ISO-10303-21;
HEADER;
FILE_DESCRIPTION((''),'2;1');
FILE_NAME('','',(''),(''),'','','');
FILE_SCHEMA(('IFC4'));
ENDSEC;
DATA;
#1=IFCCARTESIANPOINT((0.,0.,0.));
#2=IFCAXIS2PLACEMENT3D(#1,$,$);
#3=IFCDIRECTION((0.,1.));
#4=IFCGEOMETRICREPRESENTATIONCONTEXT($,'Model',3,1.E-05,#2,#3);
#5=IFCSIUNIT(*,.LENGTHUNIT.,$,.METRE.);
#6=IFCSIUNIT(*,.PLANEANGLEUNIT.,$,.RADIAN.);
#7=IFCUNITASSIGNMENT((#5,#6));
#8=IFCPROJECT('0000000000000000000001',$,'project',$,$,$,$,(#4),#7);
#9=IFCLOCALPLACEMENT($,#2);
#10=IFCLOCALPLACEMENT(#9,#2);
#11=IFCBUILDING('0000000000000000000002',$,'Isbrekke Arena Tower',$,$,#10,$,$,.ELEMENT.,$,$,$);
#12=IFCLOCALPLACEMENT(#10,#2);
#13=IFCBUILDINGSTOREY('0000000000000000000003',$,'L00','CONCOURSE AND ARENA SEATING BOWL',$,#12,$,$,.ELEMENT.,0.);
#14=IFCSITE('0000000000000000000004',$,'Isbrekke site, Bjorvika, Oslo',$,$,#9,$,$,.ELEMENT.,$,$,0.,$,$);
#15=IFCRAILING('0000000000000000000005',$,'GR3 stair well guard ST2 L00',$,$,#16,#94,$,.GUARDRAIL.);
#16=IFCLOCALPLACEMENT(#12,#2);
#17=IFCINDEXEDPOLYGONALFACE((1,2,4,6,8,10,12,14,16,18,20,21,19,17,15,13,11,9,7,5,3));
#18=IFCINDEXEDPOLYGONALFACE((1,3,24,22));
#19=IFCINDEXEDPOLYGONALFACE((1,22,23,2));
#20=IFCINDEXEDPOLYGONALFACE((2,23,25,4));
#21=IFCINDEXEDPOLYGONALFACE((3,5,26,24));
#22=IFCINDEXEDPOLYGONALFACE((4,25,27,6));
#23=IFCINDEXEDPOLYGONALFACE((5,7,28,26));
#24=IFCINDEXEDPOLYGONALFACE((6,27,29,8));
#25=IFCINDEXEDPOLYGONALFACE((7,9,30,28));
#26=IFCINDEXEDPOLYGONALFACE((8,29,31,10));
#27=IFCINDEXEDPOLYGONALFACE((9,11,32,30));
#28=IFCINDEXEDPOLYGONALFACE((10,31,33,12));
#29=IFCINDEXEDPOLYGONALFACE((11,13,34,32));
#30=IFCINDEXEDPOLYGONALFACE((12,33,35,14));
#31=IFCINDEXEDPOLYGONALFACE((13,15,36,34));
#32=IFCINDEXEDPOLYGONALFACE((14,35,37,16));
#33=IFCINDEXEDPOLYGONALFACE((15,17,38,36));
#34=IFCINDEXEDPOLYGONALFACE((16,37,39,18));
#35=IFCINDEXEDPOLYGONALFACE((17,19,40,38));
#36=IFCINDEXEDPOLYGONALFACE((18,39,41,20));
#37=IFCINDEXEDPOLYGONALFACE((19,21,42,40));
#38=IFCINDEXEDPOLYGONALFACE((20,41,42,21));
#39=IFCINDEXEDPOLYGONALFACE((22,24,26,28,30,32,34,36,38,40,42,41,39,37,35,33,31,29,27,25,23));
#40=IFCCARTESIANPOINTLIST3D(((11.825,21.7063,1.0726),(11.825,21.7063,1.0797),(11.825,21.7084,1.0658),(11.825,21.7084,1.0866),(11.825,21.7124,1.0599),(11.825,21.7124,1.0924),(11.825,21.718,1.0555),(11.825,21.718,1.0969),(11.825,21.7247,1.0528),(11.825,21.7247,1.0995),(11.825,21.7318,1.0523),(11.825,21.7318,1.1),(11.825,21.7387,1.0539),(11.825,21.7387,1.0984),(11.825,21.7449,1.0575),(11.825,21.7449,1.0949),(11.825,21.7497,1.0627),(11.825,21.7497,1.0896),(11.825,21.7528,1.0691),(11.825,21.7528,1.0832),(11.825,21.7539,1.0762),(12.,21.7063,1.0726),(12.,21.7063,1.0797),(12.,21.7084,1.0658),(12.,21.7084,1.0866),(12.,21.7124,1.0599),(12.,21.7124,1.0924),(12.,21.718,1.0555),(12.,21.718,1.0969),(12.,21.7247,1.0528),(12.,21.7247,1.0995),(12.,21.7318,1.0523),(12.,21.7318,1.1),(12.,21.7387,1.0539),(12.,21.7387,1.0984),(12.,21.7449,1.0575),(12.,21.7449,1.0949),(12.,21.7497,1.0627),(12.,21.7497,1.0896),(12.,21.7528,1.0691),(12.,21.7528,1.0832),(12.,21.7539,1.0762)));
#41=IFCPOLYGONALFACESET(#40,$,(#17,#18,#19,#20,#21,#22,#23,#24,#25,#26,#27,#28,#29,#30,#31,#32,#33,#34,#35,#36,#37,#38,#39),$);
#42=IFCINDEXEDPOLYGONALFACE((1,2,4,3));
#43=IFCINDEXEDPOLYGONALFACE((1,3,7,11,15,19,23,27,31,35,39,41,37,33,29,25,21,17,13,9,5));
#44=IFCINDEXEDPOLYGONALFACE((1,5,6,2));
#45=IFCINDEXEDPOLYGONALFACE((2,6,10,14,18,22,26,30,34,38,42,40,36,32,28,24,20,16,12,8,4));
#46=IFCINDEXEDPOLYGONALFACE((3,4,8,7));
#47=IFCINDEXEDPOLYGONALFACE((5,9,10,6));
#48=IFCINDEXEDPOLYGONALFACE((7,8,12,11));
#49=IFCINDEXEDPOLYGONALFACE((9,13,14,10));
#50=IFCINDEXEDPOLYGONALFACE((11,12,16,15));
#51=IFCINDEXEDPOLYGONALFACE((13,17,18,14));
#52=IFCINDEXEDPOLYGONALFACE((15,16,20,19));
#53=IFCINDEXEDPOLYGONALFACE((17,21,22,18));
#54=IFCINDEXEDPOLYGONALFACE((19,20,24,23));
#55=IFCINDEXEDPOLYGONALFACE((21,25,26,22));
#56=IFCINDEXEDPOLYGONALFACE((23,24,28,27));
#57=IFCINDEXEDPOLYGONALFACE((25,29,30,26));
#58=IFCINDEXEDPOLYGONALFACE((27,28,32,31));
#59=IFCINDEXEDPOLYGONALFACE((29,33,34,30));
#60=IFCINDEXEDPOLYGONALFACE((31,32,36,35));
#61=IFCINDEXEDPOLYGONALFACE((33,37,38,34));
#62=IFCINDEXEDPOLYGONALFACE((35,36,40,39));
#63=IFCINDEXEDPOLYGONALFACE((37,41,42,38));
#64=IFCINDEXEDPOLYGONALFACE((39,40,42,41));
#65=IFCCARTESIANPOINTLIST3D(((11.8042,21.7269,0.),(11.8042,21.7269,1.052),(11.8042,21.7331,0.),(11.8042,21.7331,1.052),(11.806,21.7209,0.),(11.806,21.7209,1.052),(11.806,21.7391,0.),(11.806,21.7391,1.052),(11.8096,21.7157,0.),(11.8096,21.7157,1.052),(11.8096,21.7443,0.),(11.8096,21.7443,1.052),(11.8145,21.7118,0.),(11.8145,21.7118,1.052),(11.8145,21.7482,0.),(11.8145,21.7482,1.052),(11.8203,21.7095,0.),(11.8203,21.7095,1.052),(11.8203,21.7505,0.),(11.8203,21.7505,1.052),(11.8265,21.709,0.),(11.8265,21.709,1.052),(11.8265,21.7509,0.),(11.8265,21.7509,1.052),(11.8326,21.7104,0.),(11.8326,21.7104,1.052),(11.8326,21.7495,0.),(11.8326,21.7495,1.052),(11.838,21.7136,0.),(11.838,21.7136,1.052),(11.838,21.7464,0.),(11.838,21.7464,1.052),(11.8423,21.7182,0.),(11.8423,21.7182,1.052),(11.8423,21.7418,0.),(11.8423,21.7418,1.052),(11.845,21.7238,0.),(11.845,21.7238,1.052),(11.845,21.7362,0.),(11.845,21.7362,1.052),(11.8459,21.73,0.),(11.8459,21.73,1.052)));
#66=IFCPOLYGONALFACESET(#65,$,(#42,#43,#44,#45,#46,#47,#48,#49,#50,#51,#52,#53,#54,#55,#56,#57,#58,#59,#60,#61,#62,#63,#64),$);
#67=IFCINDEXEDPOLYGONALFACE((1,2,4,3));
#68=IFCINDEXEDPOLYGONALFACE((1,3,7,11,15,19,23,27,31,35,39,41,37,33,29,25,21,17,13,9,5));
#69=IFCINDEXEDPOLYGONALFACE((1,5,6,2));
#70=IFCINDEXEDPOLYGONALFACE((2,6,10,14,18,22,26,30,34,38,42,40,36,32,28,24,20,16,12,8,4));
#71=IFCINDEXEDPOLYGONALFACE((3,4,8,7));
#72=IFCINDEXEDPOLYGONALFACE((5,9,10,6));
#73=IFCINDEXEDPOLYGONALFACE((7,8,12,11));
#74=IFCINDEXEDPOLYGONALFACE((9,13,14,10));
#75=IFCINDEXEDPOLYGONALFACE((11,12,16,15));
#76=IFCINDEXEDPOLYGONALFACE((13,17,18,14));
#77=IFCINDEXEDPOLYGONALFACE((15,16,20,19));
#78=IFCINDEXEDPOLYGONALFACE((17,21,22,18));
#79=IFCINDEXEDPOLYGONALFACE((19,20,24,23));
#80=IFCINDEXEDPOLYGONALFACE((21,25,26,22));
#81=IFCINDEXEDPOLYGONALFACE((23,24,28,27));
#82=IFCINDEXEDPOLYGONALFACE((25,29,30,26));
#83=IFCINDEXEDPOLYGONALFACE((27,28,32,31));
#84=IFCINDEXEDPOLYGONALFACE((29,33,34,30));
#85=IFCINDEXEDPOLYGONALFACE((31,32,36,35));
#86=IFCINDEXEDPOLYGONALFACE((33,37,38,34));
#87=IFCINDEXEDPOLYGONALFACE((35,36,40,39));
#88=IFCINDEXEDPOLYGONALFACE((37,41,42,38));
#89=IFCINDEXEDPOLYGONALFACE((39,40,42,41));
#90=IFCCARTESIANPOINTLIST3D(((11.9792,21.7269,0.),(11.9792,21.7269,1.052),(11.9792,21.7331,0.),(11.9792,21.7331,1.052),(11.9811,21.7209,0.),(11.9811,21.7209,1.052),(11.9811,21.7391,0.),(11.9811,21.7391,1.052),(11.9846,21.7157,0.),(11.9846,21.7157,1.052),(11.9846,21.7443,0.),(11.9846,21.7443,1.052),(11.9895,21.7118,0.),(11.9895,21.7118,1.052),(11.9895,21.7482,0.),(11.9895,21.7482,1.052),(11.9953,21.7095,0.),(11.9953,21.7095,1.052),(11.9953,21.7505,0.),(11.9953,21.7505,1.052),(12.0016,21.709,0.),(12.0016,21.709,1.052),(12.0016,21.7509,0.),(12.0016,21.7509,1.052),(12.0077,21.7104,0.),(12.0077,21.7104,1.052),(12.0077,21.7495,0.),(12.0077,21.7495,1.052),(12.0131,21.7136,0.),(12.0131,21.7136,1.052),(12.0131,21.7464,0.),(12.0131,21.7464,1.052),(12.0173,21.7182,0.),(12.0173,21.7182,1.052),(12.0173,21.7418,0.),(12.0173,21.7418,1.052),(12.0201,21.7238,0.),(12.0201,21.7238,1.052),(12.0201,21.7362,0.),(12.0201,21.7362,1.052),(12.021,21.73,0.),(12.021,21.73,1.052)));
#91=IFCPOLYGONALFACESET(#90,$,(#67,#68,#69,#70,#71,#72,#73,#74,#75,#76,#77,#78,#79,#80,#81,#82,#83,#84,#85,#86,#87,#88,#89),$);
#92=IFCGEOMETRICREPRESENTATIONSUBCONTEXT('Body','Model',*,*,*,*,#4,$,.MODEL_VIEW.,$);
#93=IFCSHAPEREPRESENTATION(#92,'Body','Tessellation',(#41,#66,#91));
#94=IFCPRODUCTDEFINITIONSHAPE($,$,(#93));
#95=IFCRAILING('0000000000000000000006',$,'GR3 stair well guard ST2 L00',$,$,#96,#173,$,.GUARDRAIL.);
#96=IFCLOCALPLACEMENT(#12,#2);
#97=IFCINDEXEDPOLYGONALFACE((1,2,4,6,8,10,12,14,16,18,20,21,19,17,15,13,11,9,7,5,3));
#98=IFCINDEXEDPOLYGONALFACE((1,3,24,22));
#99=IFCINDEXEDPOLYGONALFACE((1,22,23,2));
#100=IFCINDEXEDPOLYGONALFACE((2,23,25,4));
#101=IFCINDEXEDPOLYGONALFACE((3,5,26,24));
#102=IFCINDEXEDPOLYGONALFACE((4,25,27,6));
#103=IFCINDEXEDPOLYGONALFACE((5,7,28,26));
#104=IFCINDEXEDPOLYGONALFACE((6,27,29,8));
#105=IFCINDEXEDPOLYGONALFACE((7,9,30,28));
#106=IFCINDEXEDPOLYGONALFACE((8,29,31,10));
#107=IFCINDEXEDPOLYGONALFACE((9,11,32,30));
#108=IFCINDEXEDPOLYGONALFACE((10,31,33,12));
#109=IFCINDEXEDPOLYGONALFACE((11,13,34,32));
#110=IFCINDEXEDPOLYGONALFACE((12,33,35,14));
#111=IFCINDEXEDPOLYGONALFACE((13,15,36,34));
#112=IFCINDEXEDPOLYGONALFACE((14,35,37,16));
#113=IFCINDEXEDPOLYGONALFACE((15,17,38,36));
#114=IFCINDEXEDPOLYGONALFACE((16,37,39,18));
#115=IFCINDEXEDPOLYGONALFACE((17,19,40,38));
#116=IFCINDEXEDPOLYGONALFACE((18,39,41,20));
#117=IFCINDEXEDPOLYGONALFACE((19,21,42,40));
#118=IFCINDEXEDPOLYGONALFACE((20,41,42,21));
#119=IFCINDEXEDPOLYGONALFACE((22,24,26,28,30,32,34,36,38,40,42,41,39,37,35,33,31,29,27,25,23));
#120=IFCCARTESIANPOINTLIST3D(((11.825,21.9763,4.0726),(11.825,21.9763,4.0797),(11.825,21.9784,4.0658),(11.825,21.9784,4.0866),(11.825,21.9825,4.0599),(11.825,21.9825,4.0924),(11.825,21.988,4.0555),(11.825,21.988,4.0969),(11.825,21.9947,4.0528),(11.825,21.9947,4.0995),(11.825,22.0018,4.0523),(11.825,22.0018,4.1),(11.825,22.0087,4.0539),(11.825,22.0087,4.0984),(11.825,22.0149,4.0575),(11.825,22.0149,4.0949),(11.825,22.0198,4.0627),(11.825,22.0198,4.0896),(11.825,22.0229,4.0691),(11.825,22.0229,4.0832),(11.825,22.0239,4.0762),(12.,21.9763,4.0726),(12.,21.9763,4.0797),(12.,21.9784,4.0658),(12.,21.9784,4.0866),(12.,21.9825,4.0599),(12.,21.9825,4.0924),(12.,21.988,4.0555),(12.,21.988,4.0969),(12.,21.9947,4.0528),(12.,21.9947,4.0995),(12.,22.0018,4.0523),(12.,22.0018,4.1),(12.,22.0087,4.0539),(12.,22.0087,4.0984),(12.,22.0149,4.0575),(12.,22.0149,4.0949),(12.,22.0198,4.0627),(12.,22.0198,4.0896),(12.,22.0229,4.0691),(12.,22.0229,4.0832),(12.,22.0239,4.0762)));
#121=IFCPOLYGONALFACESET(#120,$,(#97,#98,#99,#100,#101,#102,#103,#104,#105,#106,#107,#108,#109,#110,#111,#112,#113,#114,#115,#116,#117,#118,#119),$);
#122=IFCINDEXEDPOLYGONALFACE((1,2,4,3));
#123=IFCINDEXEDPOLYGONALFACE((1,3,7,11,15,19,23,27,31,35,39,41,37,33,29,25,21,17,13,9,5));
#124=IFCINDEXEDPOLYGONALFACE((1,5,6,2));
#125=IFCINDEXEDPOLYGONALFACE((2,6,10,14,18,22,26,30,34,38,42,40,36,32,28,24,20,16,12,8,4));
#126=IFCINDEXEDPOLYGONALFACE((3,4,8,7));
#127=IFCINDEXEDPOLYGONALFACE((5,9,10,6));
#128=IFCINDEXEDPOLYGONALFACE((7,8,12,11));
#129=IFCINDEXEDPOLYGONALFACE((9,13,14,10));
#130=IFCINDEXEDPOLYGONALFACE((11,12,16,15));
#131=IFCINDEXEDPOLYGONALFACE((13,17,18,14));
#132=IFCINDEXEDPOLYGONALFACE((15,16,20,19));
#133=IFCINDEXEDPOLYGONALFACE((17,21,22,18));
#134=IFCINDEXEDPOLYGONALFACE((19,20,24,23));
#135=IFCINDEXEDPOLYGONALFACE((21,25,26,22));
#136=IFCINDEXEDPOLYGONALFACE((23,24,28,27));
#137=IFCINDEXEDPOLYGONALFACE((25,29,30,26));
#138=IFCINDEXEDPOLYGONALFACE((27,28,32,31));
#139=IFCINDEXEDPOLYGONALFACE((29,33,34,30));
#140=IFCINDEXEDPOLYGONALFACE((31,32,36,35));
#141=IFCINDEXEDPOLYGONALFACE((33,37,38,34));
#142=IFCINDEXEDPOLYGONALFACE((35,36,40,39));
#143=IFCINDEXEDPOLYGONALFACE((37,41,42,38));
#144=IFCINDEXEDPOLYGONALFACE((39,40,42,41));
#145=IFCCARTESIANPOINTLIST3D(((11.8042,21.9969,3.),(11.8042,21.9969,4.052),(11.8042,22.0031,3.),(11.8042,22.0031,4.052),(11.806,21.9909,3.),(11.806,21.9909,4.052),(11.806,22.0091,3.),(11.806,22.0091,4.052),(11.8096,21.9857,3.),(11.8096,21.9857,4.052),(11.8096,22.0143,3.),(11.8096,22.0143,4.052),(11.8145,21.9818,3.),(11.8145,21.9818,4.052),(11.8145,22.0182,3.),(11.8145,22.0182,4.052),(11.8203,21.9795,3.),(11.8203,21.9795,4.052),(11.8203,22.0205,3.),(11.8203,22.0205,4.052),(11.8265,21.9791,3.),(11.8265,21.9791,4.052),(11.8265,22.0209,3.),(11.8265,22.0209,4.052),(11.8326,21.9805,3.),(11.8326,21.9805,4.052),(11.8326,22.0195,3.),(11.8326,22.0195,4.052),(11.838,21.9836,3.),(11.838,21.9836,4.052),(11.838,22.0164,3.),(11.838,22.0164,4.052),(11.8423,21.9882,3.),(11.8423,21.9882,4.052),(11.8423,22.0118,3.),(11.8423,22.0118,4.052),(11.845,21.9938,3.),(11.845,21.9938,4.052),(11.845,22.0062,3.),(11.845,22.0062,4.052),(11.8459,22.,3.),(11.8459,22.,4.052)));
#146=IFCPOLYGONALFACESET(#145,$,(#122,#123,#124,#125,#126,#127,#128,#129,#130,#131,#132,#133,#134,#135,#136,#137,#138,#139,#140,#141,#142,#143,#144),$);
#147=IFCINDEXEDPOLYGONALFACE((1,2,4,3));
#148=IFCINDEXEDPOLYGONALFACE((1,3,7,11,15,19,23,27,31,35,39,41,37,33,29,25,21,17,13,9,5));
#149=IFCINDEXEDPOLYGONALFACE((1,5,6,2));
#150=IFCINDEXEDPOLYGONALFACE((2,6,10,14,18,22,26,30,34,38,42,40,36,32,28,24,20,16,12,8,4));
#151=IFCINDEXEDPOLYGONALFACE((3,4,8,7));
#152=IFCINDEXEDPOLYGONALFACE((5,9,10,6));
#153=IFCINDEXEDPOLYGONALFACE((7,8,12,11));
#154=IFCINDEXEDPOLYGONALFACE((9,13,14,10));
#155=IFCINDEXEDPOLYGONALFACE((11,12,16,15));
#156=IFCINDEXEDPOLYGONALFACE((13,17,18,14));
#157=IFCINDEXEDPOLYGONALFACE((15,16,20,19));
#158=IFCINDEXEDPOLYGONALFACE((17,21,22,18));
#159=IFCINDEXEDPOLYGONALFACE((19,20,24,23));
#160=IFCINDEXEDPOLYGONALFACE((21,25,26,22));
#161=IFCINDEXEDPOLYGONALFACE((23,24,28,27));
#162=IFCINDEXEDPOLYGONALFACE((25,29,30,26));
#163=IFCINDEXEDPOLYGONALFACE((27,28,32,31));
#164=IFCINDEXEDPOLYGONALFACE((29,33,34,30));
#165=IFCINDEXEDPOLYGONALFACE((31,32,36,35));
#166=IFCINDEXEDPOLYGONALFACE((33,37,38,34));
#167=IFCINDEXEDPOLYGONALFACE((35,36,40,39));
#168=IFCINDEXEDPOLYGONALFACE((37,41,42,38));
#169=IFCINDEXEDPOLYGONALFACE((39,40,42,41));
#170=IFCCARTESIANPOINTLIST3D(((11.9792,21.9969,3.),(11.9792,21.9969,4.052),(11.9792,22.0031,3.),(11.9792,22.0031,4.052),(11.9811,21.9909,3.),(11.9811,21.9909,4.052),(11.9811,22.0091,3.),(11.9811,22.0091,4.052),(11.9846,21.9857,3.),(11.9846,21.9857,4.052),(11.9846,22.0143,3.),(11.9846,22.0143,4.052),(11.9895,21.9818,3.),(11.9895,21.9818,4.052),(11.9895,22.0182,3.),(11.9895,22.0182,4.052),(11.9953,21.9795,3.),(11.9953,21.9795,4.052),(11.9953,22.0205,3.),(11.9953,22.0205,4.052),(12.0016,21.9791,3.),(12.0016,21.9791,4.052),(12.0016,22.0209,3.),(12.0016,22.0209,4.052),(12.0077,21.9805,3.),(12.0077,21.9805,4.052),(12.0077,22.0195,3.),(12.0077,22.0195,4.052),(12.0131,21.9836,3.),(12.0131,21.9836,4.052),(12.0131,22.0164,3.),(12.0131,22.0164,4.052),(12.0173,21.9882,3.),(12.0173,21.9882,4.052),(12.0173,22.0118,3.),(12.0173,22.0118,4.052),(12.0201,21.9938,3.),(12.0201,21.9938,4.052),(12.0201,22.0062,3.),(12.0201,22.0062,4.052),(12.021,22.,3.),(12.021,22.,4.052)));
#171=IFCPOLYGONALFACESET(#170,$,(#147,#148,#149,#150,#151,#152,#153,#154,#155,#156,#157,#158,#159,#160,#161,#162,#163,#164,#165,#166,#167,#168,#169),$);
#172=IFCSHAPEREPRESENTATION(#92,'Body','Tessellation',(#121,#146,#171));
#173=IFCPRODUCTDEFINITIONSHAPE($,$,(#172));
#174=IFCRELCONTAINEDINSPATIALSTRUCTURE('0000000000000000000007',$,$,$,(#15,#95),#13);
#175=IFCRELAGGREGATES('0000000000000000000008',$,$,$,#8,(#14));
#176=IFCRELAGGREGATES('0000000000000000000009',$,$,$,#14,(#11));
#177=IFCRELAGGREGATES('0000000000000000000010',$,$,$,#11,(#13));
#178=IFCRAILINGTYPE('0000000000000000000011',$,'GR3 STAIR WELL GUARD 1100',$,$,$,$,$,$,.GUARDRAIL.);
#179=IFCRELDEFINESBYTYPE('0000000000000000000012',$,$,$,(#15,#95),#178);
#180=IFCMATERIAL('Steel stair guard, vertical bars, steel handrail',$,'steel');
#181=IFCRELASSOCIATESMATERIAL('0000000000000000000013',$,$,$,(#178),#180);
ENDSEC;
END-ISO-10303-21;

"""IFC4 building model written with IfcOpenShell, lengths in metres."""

from ifc_helpers import new_model, si_unit, direction, frame, origin, origin_2d, place, context, subcontext, project, spatial, circle, extrude, material, type_object, element, save


model = new_model("IFC4")

# Units and contexts
model_context = context("Model", 3, precision=1e-05, world=origin(), true_north=direction((0.0, 1.0)))
body_context = subcontext(model_context, "Body", "Model", "MODEL_VIEW")
ifc_project = project(units=[si_unit("LENGTHUNIT", "METRE"), si_unit("PLANEANGLEUNIT", "RADIAN")], contexts=[model_context])

# Site, building, storey
site_placement = place(None, origin())
site = spatial("IfcSite", under=ifc_project, at=site_placement, Name="Isbrekke site, Bjorvika, Oslo", CompositionType="ELEMENT", RefElevation=0.0)
building_placement = place(site_placement, origin())
building = spatial("IfcBuilding", under=site, at=building_placement, Name="Isbrekke Arena Tower", CompositionType="ELEMENT")
storey_placement = place(building_placement, origin())
storey = spatial("IfcBuildingStorey", under=building, at=storey_placement, Name="L00", Description="CONCOURSE AND ARENA SEATING BOWL", CompositionType="ELEMENT", Elevation=0.0)

# Railings
ifc_material_1 = material(Name="Steel stair guard, vertical bars, steel handrail", Category="steel")
railing_type = type_object("IfcRailingType", Name="GR3 STAIR WELL GUARD 1100", PredefinedType="GUARDRAIL", material=ifc_material_1)
for number, where, name in (
    (1, (11.825, 21.73, 0.0), "GR3 stair well guard ST2 L00"),
    (2, (11.825, 22.0, 3.0), "GR3 stair well guard ST2 L00"),
):
    element("IfcRailing", number, at=place(storey_placement, frame(where)), inside=storey, type_object=railing_type, Name=name, PredefinedType="GUARDRAIL", context=body_context, shape_type="SweptSolid", body=[
        extrude(circle(Radius=0.0239, at=origin_2d()), frame((0.0, 0.0, 1.0762), z_axis=(1.0, 0.0, 0.0), x_axis=(0.0, 1.0, 0.0)), (0.0, 0.0, 1.0), 0.175),
        extrude(circle(Radius=0.021, at=origin_2d()), origin(), (0.0, 0.0, 1.0), 1.052),
        extrude(circle(Radius=0.021, at=origin_2d()), frame((0.175, 0.0, 0.0)), (0.0, 0.0, 1.0), 1.052),
    ])

save(model, "model.ifc")
